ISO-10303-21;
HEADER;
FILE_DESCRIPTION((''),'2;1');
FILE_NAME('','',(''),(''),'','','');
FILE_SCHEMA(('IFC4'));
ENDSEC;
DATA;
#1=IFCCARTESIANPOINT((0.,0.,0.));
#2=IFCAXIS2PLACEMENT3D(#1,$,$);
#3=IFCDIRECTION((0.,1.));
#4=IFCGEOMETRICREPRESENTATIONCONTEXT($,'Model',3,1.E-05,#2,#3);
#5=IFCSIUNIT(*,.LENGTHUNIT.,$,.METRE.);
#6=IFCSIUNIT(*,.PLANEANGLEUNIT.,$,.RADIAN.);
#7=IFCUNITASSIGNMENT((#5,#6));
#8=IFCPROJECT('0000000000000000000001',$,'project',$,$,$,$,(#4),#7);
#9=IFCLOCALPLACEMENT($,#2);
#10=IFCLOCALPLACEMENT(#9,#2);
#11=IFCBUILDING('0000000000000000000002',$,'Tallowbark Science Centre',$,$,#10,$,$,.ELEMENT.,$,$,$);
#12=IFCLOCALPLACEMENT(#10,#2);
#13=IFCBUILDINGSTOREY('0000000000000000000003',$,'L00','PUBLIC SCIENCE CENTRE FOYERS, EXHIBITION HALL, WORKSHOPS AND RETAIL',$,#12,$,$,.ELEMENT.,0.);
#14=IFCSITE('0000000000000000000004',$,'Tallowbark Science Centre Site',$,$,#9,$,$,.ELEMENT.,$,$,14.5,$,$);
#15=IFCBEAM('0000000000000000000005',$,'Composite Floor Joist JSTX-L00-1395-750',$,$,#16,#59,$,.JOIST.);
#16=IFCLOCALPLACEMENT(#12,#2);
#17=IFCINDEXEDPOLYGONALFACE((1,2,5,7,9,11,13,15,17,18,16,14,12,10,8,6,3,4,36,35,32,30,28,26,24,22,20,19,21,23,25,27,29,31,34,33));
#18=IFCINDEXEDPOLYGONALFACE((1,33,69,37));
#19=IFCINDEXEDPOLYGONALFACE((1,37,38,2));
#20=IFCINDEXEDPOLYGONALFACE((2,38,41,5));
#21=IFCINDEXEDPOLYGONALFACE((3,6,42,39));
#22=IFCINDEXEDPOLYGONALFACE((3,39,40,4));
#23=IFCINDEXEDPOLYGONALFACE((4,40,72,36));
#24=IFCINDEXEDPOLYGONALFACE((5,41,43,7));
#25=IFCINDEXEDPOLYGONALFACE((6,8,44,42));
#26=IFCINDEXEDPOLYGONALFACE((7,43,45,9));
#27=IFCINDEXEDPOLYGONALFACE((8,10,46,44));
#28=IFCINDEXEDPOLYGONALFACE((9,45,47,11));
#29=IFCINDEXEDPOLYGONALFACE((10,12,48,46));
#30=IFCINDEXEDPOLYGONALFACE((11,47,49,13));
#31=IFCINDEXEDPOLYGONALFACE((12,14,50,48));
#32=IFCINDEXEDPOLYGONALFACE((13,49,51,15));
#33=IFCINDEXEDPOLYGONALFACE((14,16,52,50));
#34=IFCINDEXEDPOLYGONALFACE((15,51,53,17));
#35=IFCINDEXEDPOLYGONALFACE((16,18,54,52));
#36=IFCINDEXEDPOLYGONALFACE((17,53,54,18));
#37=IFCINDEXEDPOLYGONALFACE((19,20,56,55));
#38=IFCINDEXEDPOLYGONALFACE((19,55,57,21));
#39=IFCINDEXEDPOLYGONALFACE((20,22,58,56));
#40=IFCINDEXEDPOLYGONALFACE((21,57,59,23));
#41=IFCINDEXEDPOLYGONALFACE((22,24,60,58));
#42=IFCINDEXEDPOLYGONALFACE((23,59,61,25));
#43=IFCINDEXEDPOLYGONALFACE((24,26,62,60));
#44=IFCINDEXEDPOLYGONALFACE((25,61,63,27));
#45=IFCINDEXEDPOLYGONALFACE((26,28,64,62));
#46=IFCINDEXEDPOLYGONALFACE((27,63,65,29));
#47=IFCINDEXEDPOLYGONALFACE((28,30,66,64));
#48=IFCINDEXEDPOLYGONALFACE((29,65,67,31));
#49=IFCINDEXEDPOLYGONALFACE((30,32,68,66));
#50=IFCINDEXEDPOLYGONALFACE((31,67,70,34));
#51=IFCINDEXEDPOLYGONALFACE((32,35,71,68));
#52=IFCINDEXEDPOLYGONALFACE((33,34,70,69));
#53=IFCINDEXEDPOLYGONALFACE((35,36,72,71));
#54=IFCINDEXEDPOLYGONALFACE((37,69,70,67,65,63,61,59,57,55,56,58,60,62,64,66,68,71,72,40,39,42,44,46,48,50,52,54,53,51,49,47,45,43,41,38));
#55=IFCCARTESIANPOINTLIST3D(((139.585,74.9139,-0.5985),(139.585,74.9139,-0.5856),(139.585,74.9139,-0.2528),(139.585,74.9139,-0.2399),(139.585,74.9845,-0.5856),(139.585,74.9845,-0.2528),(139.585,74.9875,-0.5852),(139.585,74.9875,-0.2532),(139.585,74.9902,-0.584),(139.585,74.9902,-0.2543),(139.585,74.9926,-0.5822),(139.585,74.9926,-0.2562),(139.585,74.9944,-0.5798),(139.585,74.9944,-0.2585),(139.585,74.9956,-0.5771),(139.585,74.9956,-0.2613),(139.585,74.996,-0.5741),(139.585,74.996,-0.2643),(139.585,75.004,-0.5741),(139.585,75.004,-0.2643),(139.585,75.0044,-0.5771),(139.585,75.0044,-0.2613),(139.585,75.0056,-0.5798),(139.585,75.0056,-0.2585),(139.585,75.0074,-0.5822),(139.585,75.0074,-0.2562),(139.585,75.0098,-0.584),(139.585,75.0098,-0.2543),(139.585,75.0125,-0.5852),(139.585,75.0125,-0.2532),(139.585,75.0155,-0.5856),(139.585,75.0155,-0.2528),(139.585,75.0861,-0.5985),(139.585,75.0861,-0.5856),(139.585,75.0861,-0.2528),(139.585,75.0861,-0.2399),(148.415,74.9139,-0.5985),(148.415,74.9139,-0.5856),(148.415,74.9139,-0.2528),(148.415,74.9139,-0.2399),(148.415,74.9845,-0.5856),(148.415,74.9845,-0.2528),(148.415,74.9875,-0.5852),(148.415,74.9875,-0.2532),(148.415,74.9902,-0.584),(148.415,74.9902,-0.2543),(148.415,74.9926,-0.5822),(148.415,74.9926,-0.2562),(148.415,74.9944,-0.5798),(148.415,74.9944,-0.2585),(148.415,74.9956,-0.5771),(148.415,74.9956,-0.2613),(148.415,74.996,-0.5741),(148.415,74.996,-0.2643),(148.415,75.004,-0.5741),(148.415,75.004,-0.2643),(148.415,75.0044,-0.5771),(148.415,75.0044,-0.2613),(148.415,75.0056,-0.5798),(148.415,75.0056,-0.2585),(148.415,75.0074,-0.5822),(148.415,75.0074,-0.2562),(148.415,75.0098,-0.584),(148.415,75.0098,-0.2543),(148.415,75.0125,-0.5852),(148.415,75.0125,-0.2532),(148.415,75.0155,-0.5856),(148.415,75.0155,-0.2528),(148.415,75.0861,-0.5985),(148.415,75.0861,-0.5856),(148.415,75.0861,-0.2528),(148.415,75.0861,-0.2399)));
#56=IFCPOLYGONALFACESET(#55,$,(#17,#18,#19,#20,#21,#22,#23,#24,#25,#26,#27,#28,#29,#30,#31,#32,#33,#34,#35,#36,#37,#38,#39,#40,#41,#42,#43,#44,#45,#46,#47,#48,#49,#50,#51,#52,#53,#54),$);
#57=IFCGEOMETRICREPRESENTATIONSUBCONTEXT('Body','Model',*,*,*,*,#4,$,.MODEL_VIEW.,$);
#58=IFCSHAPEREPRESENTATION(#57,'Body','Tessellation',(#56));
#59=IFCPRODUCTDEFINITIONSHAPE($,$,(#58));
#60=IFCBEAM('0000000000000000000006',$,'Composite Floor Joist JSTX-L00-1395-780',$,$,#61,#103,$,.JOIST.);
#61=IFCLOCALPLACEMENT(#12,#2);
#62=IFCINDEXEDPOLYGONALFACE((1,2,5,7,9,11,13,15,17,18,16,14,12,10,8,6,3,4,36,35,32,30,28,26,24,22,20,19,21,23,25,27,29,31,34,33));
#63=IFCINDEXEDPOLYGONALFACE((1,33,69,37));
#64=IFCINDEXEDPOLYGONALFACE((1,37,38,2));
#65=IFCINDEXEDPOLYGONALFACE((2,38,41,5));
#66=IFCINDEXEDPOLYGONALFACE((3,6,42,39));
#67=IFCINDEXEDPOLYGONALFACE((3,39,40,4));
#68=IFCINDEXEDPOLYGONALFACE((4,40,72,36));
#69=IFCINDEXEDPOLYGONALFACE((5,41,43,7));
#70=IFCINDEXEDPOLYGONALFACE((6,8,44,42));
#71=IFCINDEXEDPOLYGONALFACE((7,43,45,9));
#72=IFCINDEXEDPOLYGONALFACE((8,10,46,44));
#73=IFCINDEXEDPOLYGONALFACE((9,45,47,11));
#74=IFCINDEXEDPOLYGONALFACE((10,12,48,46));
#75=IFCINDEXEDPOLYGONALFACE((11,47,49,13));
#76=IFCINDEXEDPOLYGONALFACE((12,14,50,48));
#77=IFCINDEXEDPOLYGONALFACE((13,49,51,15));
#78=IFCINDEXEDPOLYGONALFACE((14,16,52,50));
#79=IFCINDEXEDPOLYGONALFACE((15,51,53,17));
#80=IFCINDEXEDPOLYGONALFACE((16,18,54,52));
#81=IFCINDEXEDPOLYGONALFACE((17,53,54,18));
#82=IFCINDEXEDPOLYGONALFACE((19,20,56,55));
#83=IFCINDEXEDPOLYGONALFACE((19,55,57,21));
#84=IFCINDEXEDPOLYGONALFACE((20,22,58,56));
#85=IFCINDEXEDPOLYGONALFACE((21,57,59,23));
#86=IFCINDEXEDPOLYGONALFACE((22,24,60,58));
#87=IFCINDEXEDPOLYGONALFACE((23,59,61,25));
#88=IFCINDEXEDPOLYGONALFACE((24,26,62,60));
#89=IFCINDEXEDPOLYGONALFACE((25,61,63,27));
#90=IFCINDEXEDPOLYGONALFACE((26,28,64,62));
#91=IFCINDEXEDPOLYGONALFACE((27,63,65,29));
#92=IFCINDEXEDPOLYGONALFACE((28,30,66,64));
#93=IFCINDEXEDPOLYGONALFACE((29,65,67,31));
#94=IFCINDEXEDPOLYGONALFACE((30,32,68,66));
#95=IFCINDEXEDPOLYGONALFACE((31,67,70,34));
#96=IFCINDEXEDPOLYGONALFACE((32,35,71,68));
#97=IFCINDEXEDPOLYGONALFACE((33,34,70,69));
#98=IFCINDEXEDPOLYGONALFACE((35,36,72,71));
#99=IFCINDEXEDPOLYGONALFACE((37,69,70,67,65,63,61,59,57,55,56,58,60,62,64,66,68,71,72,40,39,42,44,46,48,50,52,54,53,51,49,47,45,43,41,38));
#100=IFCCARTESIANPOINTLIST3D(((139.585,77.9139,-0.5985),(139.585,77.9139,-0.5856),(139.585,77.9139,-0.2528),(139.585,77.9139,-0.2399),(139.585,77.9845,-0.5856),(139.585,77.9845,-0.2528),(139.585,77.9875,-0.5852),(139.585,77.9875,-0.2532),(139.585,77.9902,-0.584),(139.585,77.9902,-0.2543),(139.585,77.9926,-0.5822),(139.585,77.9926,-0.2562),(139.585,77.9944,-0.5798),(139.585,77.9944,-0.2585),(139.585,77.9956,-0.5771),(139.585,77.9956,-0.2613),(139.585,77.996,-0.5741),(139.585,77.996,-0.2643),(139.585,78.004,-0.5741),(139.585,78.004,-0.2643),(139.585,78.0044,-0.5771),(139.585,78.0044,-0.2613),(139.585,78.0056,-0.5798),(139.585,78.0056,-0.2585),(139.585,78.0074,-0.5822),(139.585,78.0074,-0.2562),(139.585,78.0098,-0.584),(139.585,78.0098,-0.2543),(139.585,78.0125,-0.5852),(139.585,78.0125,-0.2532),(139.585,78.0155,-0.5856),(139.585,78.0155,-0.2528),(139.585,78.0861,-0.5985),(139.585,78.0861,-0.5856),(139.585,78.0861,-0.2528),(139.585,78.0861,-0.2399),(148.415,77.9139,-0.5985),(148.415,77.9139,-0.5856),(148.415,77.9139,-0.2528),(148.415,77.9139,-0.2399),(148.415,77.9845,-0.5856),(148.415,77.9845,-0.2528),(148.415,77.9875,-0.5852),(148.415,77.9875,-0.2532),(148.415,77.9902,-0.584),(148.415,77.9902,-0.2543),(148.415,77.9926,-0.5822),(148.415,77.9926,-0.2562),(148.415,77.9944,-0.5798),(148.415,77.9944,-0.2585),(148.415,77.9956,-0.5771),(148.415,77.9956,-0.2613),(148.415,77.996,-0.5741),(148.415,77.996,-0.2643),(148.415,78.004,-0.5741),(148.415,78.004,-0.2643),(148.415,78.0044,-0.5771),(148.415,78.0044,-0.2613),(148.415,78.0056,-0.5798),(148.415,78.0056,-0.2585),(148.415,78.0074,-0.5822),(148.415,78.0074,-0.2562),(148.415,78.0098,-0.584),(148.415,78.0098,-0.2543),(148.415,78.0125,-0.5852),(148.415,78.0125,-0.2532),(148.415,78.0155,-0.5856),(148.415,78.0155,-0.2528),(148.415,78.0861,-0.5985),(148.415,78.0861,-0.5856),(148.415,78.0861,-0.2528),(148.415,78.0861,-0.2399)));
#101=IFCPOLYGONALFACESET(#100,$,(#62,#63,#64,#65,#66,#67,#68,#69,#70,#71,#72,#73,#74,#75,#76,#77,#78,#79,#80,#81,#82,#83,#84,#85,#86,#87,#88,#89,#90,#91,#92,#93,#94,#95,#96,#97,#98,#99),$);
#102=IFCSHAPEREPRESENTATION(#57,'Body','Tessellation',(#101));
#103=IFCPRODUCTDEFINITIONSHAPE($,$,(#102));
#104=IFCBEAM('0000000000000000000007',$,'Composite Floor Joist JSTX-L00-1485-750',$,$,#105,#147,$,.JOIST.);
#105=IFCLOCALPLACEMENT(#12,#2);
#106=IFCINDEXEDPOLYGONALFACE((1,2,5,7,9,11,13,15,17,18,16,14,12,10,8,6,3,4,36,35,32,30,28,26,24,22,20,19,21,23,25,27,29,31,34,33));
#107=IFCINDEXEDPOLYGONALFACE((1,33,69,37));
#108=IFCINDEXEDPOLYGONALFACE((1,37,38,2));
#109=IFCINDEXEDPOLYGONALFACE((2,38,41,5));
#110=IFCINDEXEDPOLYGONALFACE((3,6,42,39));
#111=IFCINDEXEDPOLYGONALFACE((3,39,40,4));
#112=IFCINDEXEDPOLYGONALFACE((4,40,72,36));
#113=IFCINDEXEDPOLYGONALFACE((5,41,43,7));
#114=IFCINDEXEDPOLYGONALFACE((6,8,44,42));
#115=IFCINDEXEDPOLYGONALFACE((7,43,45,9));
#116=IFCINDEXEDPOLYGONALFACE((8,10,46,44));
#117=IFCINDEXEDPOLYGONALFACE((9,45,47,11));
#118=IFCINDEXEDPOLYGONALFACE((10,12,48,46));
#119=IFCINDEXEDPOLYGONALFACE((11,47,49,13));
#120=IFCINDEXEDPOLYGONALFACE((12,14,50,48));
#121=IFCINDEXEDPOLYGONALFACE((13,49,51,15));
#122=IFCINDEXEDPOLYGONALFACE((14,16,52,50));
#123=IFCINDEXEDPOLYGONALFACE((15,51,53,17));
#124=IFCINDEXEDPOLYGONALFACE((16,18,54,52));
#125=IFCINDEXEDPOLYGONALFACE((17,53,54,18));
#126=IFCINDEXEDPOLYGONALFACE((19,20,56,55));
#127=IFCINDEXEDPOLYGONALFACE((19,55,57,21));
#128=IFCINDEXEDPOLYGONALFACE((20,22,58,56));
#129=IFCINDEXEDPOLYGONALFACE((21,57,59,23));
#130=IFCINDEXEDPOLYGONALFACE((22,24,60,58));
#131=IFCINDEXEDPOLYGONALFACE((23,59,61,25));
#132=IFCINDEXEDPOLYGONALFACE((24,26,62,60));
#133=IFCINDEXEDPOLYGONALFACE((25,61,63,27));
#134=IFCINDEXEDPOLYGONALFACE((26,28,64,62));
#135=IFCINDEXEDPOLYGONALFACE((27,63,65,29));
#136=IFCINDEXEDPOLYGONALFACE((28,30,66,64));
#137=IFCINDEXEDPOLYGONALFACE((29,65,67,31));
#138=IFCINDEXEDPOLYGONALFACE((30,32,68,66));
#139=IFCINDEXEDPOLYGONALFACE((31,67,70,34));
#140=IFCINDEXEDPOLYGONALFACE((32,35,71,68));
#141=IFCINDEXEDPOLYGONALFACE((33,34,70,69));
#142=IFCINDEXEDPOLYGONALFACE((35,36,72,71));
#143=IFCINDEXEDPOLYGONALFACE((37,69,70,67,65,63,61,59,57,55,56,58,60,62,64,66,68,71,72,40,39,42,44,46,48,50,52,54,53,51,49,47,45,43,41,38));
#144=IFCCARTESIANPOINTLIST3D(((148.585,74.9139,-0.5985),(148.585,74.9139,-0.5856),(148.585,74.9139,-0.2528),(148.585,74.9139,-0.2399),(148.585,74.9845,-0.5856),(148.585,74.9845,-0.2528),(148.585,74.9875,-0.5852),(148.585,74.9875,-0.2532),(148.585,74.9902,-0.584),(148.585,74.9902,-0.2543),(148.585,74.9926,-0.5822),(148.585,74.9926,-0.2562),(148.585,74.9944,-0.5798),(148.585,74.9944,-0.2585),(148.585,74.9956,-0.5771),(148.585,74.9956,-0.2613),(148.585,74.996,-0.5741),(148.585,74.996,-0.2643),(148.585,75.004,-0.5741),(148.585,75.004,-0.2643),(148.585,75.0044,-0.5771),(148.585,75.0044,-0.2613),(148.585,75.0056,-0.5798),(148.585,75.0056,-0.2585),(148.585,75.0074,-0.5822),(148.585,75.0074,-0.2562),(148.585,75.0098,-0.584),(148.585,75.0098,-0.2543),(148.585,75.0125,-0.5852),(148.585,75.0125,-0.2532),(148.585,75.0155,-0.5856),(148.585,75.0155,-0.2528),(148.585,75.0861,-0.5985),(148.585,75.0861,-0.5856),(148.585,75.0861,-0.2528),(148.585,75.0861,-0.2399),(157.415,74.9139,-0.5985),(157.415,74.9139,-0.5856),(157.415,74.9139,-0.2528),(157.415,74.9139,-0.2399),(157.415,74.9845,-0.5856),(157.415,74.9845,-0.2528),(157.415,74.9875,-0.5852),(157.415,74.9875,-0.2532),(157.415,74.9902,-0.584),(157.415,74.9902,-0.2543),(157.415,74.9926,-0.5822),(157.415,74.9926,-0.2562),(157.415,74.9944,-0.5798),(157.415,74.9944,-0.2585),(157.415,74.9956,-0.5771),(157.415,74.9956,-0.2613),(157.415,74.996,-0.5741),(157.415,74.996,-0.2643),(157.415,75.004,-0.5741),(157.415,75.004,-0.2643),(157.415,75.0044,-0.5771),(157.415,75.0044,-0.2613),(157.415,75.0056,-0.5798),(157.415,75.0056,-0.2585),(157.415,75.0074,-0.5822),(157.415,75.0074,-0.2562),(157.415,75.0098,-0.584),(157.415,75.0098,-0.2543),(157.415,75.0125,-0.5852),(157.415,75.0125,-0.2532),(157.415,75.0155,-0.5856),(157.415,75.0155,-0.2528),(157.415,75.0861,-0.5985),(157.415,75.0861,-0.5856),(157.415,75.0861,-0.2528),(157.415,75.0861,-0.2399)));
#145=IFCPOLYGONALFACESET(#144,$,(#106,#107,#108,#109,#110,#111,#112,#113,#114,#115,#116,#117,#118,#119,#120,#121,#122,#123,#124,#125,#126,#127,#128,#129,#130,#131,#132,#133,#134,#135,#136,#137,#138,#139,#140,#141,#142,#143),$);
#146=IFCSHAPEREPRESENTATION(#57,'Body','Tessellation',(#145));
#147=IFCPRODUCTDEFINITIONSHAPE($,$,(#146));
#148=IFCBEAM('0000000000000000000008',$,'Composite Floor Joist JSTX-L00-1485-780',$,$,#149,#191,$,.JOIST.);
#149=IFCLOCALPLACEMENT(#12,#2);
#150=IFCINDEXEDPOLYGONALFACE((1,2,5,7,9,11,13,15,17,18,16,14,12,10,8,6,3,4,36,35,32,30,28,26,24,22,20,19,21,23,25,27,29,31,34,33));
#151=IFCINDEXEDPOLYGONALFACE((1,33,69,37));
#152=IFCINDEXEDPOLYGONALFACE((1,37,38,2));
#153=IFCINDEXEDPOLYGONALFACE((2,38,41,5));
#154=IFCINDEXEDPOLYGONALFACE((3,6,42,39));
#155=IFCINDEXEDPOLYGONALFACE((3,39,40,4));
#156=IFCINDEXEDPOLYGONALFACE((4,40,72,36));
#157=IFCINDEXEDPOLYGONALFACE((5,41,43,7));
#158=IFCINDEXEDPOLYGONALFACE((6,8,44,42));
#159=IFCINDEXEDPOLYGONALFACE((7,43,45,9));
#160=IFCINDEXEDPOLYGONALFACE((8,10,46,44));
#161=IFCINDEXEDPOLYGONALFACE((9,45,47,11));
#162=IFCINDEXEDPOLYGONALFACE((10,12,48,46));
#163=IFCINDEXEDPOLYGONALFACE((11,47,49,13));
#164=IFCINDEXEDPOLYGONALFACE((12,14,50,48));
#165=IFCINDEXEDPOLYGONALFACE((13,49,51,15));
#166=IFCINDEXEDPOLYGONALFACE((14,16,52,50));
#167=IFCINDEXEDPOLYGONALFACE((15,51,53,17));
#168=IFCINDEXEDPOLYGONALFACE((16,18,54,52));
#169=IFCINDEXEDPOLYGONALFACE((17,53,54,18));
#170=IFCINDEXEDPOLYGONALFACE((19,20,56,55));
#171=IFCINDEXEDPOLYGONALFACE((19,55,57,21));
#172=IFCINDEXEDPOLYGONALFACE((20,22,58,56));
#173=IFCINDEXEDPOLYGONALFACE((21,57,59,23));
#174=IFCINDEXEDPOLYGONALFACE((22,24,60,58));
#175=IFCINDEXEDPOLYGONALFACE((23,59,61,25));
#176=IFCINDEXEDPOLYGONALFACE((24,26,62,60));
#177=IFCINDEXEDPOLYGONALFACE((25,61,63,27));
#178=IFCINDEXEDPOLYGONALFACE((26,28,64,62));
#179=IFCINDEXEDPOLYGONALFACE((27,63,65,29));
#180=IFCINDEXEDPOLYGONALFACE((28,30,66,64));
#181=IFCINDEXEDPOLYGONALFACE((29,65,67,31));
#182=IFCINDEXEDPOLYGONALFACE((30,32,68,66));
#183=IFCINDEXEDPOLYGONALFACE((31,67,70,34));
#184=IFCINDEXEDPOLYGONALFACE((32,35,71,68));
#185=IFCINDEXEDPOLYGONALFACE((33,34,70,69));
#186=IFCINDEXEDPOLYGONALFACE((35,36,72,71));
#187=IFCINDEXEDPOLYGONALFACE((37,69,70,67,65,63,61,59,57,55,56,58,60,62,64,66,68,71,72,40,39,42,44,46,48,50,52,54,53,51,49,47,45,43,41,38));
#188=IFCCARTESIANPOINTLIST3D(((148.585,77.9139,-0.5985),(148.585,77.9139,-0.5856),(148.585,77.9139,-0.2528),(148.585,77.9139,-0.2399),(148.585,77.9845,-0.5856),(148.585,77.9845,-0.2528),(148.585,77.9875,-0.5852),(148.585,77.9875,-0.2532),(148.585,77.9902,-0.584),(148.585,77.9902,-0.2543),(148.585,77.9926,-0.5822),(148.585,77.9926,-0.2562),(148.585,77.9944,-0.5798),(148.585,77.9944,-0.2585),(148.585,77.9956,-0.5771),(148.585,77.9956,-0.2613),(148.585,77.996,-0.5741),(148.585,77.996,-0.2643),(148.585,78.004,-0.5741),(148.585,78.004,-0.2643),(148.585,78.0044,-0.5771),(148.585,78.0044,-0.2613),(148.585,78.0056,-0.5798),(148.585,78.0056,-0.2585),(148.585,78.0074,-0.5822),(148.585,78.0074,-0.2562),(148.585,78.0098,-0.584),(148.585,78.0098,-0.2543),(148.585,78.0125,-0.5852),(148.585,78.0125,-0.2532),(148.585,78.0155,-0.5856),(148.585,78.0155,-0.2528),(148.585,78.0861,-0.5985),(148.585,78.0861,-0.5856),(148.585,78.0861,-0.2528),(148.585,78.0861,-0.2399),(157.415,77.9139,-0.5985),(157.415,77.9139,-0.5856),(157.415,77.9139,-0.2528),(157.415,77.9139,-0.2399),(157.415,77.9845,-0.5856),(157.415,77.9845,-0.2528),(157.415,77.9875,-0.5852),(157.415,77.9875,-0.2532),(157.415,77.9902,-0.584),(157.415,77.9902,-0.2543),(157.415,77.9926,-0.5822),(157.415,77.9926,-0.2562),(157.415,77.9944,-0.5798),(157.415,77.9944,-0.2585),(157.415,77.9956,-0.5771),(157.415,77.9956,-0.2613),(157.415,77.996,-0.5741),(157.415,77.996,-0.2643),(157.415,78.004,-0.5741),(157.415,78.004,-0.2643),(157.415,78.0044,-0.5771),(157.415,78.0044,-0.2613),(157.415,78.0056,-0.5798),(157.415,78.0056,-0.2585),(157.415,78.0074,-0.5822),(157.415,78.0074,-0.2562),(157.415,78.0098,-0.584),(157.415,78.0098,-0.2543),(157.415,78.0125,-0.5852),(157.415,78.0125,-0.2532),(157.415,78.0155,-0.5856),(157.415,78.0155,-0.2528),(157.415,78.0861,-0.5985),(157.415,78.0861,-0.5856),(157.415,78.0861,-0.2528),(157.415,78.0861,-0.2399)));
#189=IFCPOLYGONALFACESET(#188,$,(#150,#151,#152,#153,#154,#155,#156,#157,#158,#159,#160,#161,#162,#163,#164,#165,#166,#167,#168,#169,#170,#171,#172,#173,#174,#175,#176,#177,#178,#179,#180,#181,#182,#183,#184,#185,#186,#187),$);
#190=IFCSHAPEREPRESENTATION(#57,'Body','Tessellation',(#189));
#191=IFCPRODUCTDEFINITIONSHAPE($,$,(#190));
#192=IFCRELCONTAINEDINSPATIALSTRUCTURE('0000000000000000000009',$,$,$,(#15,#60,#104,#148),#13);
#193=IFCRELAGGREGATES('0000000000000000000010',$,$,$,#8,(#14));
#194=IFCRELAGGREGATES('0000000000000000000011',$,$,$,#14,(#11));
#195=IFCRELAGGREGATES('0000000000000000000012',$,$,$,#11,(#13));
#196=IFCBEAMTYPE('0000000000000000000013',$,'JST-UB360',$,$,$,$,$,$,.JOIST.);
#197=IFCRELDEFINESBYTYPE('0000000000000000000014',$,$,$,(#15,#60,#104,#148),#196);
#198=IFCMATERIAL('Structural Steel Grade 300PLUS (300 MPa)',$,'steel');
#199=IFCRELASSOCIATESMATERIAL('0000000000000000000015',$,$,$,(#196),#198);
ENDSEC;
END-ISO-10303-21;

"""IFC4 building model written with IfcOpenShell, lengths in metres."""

from ifc_helpers import new_model, si_unit, direction, frame, origin, origin_2d, place, context, subcontext, project, spatial, i_section, extrude, material, material_profile, profile_set, type_object, element, save


model = new_model("IFC4")

# Units and contexts
model_context = context("Model", 3, precision=1e-05, world=origin(), true_north=direction((0.0, 1.0)))
body_context = subcontext(model_context, "Body", "Model", "MODEL_VIEW")
ifc_project = project(units=[si_unit("LENGTHUNIT", "METRE"), si_unit("PLANEANGLEUNIT", "RADIAN")], contexts=[model_context])

# Site, building, storey
site_placement = place(None, origin())
site = spatial("IfcSite", under=ifc_project, at=site_placement, Name="Tallowbark Science Centre Site", CompositionType="ELEMENT", RefElevation=14.5)
building_placement = place(site_placement, origin())
building = spatial("IfcBuilding", under=site, at=building_placement, Name="Tallowbark Science Centre", CompositionType="ELEMENT")
storey_placement = place(building_placement, origin())
storey = spatial("IfcBuildingStorey", under=building, at=storey_placement, Name="L00", Description="PUBLIC SCIENCE CENTRE FOYERS, EXHIBITION HALL, WORKSHOPS AND RETAIL", CompositionType="ELEMENT", Elevation=0.0)

# Shared definitions
ifc_material_1 = material(Name="Structural Steel Grade 300PLUS (300 MPa)", Category="steel")

# Beams
ifc_material_profile_1 = material_profile(ifc_material_1, i_section(OverallWidth=0.1721, OverallDepth=0.3586, WebThickness=0.0081, FlangeThickness=0.0129, FilletRadius=0.0115, at=origin_2d()), Name="360UB56.7")
ifc_profile_set_1 = profile_set([ifc_material_profile_1], Name="Structural Steel Grade 300PLUS (300 MPa)")
beam_type_1 = type_object("IfcBeamType", Name="JST-UB360", PredefinedType="JOIST", material=ifc_profile_set_1)
for number, where, z_axis, x_axis, name in (
    (1, (139.585, 75.0, -0.4192), (1.0, 0.0, 0.0), (0.0, 1.0, 0.0), "Composite Floor Joist JSTX-L00-1395-750"),
    (2, (139.585, 78.0, -0.4192), (1.0, 0.0, 0.0), (0.0, 1.0, 0.0), "Composite Floor Joist JSTX-L00-1395-780"),
    (3, (148.585, 75.0, -0.4192), (1.0, 0.0, 0.0), (0.0, 1.0, 0.0), "Composite Floor Joist JSTX-L00-1485-750"),
    (4, (148.585, 78.0, -0.4192), (1.0, 0.0, 0.0), (0.0, 1.0, 0.0), "Composite Floor Joist JSTX-L00-1485-780"),
):
    element("IfcBeam", number, at=place(storey_placement, frame(where, z_axis=z_axis, x_axis=x_axis)), inside=storey, type_object=beam_type_1, Name=name, PredefinedType="JOIST", context=body_context, shape_type="SweptSolid", body=[
        extrude(i_section(OverallWidth=0.1721, OverallDepth=0.3586, WebThickness=0.0081, FlangeThickness=0.0129, FilletRadius=0.0115, at=origin_2d()), origin(), (0.0, 0.0, 1.0), 8.8301),
    ])

save(model, "model.ifc")
